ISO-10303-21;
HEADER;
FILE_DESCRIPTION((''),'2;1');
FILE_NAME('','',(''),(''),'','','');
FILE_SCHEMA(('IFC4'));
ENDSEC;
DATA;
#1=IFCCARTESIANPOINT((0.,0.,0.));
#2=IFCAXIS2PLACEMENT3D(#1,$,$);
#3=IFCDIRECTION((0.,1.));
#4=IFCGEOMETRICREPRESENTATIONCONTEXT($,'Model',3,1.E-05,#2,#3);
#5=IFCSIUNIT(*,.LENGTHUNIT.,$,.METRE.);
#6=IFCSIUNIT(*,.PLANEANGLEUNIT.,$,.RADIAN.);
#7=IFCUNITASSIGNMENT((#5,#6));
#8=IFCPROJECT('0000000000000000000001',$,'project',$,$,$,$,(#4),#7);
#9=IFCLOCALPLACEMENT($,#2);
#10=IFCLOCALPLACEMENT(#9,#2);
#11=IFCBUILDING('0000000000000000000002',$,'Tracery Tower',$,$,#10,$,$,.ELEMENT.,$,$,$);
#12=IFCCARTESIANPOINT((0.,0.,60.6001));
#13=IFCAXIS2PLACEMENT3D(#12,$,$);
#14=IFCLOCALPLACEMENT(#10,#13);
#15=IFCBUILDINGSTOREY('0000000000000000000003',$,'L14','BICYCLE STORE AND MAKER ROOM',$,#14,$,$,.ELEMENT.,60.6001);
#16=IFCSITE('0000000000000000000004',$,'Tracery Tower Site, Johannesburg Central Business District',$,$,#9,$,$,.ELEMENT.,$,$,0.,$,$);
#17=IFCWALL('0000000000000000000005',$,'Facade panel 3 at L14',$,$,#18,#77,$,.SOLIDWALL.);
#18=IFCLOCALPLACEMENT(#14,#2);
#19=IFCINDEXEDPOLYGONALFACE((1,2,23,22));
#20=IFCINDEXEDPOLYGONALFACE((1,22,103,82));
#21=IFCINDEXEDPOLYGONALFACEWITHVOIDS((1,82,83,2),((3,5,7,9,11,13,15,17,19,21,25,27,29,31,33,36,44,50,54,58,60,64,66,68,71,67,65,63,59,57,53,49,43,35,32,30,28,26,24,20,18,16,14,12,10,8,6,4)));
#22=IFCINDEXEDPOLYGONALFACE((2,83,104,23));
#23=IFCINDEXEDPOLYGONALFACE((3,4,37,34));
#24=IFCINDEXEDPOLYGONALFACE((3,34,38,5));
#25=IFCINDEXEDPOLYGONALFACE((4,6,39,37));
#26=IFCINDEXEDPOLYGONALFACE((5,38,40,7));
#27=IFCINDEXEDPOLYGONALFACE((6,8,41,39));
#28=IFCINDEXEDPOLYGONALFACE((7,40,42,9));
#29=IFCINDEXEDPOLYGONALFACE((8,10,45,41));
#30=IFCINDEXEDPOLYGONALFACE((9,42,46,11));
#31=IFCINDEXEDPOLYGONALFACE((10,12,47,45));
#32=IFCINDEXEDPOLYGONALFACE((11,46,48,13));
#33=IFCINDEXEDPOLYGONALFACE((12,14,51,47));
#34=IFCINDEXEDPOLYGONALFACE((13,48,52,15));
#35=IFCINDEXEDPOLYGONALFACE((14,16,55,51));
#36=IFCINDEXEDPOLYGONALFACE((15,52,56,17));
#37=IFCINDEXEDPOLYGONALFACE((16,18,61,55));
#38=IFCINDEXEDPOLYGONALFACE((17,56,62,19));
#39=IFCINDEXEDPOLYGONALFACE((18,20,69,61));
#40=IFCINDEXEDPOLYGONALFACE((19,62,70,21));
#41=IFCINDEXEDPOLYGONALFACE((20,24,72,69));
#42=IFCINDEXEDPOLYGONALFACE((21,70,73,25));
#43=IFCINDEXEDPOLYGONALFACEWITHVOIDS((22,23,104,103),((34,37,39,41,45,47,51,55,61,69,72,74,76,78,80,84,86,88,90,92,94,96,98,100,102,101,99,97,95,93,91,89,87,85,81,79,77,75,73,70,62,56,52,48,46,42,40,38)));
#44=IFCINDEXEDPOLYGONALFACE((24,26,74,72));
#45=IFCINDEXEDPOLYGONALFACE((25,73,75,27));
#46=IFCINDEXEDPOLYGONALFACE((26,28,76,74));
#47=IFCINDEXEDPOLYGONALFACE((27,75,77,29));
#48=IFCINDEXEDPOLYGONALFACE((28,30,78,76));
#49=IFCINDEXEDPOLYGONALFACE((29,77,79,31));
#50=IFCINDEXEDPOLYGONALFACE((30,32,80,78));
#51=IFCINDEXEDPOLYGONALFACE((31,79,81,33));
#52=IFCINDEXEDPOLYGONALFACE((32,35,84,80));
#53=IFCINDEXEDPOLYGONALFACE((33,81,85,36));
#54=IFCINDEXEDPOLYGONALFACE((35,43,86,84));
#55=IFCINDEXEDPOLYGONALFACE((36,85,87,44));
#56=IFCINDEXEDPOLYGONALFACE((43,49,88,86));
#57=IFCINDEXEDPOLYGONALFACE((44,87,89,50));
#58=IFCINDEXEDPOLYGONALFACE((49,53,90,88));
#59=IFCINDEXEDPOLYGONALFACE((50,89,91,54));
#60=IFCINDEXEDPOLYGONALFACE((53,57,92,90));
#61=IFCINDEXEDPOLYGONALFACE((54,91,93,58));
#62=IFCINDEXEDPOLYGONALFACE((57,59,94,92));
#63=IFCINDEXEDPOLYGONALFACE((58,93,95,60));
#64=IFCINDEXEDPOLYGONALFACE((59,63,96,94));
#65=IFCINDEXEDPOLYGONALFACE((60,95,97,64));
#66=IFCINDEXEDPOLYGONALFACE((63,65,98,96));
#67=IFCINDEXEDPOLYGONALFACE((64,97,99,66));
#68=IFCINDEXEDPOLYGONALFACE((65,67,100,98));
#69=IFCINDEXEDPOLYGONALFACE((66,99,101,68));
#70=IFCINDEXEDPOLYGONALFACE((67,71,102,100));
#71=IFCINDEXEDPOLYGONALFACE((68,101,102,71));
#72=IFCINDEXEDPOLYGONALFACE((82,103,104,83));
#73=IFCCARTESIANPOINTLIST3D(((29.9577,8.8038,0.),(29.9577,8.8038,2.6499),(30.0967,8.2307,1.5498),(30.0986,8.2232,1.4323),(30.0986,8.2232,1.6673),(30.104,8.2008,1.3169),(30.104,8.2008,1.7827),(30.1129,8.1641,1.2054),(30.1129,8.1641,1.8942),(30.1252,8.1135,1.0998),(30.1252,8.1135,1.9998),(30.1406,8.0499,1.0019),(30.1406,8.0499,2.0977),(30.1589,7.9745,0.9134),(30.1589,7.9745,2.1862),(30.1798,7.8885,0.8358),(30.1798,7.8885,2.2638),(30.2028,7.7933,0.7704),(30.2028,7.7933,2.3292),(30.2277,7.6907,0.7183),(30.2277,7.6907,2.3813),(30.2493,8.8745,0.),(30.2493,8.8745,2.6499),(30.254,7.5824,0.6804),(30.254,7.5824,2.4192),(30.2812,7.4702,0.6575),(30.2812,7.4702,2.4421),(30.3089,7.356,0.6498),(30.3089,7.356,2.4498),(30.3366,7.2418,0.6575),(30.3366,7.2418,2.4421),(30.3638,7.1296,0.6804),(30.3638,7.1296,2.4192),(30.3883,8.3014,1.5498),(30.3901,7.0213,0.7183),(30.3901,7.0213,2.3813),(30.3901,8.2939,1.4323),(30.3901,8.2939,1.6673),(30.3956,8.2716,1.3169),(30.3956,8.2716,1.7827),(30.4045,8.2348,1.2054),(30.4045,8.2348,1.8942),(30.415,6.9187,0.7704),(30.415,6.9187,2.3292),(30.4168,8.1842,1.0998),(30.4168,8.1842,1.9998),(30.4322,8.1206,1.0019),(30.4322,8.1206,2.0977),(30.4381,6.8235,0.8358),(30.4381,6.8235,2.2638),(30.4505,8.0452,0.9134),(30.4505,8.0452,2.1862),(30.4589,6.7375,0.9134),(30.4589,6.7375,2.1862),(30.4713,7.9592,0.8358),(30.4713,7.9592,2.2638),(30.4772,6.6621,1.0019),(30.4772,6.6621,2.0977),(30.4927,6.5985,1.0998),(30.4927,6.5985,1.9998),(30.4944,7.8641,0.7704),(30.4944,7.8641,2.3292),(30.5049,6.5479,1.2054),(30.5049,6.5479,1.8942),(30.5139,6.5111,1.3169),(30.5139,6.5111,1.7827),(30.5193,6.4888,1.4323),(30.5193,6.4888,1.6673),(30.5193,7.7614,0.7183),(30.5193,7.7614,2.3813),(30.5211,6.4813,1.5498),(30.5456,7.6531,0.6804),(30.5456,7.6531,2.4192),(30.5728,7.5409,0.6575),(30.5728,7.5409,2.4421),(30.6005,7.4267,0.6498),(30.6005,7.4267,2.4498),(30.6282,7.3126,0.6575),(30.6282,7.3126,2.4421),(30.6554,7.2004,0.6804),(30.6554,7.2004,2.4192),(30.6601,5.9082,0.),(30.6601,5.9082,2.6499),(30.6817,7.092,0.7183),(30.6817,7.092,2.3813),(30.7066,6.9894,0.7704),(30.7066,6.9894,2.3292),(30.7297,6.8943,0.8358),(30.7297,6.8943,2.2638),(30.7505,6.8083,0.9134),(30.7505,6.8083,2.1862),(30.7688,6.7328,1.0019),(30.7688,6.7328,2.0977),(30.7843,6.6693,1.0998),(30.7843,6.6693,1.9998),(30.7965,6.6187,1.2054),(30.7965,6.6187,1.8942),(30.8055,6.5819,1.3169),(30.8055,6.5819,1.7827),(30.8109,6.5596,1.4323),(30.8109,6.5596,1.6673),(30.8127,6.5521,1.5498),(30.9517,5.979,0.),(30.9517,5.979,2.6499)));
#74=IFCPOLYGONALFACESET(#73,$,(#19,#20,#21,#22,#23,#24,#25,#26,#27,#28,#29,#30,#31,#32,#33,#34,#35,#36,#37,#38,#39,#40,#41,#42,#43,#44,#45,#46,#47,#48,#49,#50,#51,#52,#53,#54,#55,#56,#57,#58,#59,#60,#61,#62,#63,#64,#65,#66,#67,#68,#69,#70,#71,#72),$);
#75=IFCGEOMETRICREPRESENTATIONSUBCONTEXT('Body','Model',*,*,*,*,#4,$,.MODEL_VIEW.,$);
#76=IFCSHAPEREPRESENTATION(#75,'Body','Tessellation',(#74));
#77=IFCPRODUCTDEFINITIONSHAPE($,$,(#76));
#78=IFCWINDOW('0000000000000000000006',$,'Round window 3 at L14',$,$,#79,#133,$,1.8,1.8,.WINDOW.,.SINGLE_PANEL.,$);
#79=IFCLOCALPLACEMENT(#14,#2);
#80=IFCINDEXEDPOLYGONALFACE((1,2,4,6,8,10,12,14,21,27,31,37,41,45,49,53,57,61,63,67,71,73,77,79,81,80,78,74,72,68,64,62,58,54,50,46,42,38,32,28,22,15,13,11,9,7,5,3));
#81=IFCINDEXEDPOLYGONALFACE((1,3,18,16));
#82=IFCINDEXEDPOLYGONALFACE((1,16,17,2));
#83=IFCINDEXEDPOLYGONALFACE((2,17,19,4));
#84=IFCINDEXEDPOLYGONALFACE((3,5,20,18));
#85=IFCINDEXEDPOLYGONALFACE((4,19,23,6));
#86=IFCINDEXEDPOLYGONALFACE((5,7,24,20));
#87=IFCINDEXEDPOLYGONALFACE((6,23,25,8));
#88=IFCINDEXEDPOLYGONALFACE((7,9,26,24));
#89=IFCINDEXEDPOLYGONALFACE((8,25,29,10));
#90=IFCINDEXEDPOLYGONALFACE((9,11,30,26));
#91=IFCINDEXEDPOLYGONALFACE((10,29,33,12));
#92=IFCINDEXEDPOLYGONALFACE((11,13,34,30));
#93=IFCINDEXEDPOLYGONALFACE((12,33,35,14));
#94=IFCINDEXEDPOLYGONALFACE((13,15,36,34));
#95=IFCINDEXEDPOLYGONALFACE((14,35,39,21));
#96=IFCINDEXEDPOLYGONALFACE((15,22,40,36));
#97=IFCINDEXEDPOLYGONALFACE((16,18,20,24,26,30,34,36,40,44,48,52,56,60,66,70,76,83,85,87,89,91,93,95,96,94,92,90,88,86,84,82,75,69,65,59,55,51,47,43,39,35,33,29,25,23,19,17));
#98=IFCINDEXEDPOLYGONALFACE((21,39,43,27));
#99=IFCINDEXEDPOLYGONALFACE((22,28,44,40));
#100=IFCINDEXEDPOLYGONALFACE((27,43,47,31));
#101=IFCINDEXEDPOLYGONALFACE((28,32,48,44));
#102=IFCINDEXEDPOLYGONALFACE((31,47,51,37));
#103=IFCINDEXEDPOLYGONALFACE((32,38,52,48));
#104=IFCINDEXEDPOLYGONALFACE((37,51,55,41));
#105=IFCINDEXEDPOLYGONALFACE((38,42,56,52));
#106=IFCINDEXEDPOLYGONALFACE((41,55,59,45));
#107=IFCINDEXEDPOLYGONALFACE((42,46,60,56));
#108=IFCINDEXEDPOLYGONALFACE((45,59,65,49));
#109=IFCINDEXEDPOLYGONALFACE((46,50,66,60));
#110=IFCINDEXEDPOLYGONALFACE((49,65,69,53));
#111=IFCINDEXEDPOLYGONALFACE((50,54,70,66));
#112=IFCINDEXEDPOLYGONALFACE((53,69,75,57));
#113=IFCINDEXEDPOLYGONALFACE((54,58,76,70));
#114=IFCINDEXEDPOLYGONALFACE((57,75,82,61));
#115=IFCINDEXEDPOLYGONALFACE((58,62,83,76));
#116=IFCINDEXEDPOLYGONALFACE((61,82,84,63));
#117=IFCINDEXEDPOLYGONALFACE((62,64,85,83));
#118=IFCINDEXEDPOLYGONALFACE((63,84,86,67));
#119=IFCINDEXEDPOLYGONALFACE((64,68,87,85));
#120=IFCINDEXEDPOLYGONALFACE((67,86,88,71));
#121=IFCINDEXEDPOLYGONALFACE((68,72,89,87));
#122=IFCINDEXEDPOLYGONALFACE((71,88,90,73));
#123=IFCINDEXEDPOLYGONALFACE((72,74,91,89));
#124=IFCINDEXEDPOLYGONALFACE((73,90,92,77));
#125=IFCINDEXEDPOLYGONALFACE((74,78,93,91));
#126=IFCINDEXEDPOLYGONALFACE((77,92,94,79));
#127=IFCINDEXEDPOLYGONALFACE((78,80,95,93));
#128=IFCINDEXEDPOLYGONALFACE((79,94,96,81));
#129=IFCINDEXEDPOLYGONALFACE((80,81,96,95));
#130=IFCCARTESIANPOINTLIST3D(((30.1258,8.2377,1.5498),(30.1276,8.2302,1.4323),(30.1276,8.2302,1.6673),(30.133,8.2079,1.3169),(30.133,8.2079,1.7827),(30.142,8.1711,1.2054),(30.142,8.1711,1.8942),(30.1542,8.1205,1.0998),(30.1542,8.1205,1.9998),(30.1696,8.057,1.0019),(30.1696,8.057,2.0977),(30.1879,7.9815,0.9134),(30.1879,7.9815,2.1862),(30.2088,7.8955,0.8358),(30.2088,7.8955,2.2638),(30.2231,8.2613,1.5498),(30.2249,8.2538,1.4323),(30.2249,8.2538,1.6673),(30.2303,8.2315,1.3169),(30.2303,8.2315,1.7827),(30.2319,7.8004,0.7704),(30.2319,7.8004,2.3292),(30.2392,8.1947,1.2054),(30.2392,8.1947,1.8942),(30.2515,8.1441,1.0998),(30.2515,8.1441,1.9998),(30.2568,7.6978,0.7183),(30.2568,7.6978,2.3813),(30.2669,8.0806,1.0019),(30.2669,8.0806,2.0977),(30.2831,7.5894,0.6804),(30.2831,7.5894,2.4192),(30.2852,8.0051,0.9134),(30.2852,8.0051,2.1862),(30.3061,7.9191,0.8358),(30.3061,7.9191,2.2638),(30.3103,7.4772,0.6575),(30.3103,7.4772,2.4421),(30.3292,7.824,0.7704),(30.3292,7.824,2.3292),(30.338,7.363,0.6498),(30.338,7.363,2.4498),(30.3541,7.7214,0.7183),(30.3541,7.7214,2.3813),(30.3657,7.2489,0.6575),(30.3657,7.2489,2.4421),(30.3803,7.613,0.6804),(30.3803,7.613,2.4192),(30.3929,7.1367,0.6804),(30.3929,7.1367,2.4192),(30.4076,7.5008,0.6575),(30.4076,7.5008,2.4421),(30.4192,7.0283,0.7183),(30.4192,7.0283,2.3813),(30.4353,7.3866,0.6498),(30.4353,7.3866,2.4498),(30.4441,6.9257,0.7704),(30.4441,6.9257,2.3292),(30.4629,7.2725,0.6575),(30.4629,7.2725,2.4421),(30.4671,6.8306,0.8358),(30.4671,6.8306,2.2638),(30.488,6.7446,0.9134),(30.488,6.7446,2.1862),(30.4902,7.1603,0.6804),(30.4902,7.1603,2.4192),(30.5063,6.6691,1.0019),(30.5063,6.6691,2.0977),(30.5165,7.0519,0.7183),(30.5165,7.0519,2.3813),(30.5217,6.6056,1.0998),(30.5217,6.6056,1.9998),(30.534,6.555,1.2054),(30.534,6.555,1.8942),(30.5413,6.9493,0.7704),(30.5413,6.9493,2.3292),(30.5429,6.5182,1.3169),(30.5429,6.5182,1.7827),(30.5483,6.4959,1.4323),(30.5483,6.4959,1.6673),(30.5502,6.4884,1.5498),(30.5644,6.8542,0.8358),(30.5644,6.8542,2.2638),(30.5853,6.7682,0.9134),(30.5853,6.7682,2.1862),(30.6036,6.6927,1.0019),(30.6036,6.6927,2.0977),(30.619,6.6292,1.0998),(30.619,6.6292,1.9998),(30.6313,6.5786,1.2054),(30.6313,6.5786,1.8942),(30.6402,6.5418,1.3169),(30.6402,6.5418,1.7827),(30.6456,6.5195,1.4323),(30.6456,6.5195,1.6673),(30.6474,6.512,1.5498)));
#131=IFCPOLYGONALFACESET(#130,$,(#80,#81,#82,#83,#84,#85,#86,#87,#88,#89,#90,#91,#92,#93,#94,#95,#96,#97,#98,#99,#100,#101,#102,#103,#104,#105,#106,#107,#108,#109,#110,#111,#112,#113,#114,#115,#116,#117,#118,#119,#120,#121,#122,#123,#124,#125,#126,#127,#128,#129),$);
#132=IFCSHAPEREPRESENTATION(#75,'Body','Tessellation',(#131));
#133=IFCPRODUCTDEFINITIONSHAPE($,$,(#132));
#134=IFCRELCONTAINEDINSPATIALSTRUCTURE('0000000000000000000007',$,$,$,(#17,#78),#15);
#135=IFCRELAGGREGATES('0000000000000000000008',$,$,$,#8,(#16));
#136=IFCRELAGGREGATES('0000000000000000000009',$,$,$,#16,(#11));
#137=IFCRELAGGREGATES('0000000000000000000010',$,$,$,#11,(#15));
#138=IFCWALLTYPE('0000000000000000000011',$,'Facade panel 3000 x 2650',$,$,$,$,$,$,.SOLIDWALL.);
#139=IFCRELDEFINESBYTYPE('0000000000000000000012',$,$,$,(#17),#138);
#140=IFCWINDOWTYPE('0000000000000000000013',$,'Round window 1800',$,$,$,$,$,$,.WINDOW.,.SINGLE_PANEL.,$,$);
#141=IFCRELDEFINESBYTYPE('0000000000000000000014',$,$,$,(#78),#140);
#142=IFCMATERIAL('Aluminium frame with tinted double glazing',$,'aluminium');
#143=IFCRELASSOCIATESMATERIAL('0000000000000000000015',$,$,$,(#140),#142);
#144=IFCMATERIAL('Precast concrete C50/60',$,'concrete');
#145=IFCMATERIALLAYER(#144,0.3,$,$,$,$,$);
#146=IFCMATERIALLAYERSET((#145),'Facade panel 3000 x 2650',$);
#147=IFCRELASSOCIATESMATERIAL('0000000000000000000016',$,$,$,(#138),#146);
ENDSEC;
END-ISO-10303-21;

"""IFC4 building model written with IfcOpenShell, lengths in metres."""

from ifc_helpers import new_model, si_unit, direction, frame, frame_2d, origin, origin_2d, place, context, subcontext, project, spatial, rectangle, circle, extrude, material, layer, layer_set, type_object, element, fill, save


model = new_model("IFC4")

# Units and contexts
model_context = context("Model", 3, precision=1e-05, world=origin(), true_north=direction((0.0, 1.0)))
body_context = subcontext(model_context, "Body", "Model", "MODEL_VIEW")
ifc_project = project(units=[si_unit("LENGTHUNIT", "METRE"), si_unit("PLANEANGLEUNIT", "RADIAN")], contexts=[model_context])

# Site, building, storey
site_placement = place(None, origin())
site = spatial("IfcSite", under=ifc_project, at=site_placement, Name="Tracery Tower Site, Johannesburg Central Business District", CompositionType="ELEMENT", RefElevation=0.0)
building_placement = place(site_placement, origin())
building = spatial("IfcBuilding", under=site, at=building_placement, Name="Tracery Tower", CompositionType="ELEMENT")
storey_placement = place(building_placement, frame((0.0, 0.0, 60.6001)))
storey = spatial("IfcBuildingStorey", under=building, at=storey_placement, Name="L14", Description="BICYCLE STORE AND MAKER ROOM", CompositionType="ELEMENT", Elevation=60.6001)

# Wall, opening, window
ifc_material_1 = material(Name="Aluminium frame with tinted double glazing", Category="aluminium")
window_type = type_object("IfcWindowType", Name="Round window 1800", PartitioningType="SINGLE_PANEL", PredefinedType="WINDOW", material=ifc_material_1)
ifc_material_2 = material(Name="Precast concrete C50/60", Category="concrete")
ifc_layer_1 = layer(ifc_material_2, 0.3)
ifc_layer_set_1 = layer_set([ifc_layer_1], Name="Facade panel 3000 x 2650")
wall_type_1 = type_object("IfcWallType", Name="Facade panel 3000 x 2650", PredefinedType="SOLIDWALL", material=ifc_layer_set_1)
wall_1_placement = place(storey_placement, frame((30.8059, 5.9436, 0.0), z_axis=(0.0, 0.0, 1.0), x_axis=(-0.235743, 0.971815, 0.0)))
wall_1 = element("IfcWall", 1, at=wall_1_placement, inside=storey, type_object=wall_type_1, Name="Facade panel 3 at L14", PredefinedType="SOLIDWALL", context=body_context, shape_type="SweptSolid", body=[
    extrude(rectangle(XDim=2.9795, YDim=0.3, at=frame_2d((1.4897, 0.0))), origin(), (0.0, 0.0, 1.0), 2.6499),
])
opening_1_placement = place(wall_1_placement, frame((1.4897, 0.0, 1.5498)))
opening_1 = element("IfcOpeningElement", 2, at=opening_1_placement, cuts=wall_1, PredefinedType="OPENING", context=body_context, shape_type="SweptSolid", body=[
    extrude(circle(Radius=0.9, at=origin_2d()), frame((0.0, 0.1599, 0.0), z_axis=(0.0, -1.0, 0.0), x_axis=(1.0, 0.0, 0.0)), (0.0, 0.0, 1.0), 0.3201),
])
window_1_placement = place(opening_1_placement, origin())
window_1 = element("IfcWindow", 3, at=window_1_placement, inside=storey, type_object=window_type, Name="Round window 3 at L14", OverallHeight=1.8, OverallWidth=1.8, PartitioningType="SINGLE_PANEL", PredefinedType="WINDOW", context=body_context, shape_type="SweptSolid", body=[
    extrude(circle(Radius=0.9, at=origin_2d()), frame((0.0, 0.1201, 0.0), z_axis=(0.0, -1.0, 0.0), x_axis=(1.0, 0.0, 0.0)), (0.0, 0.0, 1.0), 0.1001),
])
fill(opening_1, window_1)

save(model, "model.ifc")
